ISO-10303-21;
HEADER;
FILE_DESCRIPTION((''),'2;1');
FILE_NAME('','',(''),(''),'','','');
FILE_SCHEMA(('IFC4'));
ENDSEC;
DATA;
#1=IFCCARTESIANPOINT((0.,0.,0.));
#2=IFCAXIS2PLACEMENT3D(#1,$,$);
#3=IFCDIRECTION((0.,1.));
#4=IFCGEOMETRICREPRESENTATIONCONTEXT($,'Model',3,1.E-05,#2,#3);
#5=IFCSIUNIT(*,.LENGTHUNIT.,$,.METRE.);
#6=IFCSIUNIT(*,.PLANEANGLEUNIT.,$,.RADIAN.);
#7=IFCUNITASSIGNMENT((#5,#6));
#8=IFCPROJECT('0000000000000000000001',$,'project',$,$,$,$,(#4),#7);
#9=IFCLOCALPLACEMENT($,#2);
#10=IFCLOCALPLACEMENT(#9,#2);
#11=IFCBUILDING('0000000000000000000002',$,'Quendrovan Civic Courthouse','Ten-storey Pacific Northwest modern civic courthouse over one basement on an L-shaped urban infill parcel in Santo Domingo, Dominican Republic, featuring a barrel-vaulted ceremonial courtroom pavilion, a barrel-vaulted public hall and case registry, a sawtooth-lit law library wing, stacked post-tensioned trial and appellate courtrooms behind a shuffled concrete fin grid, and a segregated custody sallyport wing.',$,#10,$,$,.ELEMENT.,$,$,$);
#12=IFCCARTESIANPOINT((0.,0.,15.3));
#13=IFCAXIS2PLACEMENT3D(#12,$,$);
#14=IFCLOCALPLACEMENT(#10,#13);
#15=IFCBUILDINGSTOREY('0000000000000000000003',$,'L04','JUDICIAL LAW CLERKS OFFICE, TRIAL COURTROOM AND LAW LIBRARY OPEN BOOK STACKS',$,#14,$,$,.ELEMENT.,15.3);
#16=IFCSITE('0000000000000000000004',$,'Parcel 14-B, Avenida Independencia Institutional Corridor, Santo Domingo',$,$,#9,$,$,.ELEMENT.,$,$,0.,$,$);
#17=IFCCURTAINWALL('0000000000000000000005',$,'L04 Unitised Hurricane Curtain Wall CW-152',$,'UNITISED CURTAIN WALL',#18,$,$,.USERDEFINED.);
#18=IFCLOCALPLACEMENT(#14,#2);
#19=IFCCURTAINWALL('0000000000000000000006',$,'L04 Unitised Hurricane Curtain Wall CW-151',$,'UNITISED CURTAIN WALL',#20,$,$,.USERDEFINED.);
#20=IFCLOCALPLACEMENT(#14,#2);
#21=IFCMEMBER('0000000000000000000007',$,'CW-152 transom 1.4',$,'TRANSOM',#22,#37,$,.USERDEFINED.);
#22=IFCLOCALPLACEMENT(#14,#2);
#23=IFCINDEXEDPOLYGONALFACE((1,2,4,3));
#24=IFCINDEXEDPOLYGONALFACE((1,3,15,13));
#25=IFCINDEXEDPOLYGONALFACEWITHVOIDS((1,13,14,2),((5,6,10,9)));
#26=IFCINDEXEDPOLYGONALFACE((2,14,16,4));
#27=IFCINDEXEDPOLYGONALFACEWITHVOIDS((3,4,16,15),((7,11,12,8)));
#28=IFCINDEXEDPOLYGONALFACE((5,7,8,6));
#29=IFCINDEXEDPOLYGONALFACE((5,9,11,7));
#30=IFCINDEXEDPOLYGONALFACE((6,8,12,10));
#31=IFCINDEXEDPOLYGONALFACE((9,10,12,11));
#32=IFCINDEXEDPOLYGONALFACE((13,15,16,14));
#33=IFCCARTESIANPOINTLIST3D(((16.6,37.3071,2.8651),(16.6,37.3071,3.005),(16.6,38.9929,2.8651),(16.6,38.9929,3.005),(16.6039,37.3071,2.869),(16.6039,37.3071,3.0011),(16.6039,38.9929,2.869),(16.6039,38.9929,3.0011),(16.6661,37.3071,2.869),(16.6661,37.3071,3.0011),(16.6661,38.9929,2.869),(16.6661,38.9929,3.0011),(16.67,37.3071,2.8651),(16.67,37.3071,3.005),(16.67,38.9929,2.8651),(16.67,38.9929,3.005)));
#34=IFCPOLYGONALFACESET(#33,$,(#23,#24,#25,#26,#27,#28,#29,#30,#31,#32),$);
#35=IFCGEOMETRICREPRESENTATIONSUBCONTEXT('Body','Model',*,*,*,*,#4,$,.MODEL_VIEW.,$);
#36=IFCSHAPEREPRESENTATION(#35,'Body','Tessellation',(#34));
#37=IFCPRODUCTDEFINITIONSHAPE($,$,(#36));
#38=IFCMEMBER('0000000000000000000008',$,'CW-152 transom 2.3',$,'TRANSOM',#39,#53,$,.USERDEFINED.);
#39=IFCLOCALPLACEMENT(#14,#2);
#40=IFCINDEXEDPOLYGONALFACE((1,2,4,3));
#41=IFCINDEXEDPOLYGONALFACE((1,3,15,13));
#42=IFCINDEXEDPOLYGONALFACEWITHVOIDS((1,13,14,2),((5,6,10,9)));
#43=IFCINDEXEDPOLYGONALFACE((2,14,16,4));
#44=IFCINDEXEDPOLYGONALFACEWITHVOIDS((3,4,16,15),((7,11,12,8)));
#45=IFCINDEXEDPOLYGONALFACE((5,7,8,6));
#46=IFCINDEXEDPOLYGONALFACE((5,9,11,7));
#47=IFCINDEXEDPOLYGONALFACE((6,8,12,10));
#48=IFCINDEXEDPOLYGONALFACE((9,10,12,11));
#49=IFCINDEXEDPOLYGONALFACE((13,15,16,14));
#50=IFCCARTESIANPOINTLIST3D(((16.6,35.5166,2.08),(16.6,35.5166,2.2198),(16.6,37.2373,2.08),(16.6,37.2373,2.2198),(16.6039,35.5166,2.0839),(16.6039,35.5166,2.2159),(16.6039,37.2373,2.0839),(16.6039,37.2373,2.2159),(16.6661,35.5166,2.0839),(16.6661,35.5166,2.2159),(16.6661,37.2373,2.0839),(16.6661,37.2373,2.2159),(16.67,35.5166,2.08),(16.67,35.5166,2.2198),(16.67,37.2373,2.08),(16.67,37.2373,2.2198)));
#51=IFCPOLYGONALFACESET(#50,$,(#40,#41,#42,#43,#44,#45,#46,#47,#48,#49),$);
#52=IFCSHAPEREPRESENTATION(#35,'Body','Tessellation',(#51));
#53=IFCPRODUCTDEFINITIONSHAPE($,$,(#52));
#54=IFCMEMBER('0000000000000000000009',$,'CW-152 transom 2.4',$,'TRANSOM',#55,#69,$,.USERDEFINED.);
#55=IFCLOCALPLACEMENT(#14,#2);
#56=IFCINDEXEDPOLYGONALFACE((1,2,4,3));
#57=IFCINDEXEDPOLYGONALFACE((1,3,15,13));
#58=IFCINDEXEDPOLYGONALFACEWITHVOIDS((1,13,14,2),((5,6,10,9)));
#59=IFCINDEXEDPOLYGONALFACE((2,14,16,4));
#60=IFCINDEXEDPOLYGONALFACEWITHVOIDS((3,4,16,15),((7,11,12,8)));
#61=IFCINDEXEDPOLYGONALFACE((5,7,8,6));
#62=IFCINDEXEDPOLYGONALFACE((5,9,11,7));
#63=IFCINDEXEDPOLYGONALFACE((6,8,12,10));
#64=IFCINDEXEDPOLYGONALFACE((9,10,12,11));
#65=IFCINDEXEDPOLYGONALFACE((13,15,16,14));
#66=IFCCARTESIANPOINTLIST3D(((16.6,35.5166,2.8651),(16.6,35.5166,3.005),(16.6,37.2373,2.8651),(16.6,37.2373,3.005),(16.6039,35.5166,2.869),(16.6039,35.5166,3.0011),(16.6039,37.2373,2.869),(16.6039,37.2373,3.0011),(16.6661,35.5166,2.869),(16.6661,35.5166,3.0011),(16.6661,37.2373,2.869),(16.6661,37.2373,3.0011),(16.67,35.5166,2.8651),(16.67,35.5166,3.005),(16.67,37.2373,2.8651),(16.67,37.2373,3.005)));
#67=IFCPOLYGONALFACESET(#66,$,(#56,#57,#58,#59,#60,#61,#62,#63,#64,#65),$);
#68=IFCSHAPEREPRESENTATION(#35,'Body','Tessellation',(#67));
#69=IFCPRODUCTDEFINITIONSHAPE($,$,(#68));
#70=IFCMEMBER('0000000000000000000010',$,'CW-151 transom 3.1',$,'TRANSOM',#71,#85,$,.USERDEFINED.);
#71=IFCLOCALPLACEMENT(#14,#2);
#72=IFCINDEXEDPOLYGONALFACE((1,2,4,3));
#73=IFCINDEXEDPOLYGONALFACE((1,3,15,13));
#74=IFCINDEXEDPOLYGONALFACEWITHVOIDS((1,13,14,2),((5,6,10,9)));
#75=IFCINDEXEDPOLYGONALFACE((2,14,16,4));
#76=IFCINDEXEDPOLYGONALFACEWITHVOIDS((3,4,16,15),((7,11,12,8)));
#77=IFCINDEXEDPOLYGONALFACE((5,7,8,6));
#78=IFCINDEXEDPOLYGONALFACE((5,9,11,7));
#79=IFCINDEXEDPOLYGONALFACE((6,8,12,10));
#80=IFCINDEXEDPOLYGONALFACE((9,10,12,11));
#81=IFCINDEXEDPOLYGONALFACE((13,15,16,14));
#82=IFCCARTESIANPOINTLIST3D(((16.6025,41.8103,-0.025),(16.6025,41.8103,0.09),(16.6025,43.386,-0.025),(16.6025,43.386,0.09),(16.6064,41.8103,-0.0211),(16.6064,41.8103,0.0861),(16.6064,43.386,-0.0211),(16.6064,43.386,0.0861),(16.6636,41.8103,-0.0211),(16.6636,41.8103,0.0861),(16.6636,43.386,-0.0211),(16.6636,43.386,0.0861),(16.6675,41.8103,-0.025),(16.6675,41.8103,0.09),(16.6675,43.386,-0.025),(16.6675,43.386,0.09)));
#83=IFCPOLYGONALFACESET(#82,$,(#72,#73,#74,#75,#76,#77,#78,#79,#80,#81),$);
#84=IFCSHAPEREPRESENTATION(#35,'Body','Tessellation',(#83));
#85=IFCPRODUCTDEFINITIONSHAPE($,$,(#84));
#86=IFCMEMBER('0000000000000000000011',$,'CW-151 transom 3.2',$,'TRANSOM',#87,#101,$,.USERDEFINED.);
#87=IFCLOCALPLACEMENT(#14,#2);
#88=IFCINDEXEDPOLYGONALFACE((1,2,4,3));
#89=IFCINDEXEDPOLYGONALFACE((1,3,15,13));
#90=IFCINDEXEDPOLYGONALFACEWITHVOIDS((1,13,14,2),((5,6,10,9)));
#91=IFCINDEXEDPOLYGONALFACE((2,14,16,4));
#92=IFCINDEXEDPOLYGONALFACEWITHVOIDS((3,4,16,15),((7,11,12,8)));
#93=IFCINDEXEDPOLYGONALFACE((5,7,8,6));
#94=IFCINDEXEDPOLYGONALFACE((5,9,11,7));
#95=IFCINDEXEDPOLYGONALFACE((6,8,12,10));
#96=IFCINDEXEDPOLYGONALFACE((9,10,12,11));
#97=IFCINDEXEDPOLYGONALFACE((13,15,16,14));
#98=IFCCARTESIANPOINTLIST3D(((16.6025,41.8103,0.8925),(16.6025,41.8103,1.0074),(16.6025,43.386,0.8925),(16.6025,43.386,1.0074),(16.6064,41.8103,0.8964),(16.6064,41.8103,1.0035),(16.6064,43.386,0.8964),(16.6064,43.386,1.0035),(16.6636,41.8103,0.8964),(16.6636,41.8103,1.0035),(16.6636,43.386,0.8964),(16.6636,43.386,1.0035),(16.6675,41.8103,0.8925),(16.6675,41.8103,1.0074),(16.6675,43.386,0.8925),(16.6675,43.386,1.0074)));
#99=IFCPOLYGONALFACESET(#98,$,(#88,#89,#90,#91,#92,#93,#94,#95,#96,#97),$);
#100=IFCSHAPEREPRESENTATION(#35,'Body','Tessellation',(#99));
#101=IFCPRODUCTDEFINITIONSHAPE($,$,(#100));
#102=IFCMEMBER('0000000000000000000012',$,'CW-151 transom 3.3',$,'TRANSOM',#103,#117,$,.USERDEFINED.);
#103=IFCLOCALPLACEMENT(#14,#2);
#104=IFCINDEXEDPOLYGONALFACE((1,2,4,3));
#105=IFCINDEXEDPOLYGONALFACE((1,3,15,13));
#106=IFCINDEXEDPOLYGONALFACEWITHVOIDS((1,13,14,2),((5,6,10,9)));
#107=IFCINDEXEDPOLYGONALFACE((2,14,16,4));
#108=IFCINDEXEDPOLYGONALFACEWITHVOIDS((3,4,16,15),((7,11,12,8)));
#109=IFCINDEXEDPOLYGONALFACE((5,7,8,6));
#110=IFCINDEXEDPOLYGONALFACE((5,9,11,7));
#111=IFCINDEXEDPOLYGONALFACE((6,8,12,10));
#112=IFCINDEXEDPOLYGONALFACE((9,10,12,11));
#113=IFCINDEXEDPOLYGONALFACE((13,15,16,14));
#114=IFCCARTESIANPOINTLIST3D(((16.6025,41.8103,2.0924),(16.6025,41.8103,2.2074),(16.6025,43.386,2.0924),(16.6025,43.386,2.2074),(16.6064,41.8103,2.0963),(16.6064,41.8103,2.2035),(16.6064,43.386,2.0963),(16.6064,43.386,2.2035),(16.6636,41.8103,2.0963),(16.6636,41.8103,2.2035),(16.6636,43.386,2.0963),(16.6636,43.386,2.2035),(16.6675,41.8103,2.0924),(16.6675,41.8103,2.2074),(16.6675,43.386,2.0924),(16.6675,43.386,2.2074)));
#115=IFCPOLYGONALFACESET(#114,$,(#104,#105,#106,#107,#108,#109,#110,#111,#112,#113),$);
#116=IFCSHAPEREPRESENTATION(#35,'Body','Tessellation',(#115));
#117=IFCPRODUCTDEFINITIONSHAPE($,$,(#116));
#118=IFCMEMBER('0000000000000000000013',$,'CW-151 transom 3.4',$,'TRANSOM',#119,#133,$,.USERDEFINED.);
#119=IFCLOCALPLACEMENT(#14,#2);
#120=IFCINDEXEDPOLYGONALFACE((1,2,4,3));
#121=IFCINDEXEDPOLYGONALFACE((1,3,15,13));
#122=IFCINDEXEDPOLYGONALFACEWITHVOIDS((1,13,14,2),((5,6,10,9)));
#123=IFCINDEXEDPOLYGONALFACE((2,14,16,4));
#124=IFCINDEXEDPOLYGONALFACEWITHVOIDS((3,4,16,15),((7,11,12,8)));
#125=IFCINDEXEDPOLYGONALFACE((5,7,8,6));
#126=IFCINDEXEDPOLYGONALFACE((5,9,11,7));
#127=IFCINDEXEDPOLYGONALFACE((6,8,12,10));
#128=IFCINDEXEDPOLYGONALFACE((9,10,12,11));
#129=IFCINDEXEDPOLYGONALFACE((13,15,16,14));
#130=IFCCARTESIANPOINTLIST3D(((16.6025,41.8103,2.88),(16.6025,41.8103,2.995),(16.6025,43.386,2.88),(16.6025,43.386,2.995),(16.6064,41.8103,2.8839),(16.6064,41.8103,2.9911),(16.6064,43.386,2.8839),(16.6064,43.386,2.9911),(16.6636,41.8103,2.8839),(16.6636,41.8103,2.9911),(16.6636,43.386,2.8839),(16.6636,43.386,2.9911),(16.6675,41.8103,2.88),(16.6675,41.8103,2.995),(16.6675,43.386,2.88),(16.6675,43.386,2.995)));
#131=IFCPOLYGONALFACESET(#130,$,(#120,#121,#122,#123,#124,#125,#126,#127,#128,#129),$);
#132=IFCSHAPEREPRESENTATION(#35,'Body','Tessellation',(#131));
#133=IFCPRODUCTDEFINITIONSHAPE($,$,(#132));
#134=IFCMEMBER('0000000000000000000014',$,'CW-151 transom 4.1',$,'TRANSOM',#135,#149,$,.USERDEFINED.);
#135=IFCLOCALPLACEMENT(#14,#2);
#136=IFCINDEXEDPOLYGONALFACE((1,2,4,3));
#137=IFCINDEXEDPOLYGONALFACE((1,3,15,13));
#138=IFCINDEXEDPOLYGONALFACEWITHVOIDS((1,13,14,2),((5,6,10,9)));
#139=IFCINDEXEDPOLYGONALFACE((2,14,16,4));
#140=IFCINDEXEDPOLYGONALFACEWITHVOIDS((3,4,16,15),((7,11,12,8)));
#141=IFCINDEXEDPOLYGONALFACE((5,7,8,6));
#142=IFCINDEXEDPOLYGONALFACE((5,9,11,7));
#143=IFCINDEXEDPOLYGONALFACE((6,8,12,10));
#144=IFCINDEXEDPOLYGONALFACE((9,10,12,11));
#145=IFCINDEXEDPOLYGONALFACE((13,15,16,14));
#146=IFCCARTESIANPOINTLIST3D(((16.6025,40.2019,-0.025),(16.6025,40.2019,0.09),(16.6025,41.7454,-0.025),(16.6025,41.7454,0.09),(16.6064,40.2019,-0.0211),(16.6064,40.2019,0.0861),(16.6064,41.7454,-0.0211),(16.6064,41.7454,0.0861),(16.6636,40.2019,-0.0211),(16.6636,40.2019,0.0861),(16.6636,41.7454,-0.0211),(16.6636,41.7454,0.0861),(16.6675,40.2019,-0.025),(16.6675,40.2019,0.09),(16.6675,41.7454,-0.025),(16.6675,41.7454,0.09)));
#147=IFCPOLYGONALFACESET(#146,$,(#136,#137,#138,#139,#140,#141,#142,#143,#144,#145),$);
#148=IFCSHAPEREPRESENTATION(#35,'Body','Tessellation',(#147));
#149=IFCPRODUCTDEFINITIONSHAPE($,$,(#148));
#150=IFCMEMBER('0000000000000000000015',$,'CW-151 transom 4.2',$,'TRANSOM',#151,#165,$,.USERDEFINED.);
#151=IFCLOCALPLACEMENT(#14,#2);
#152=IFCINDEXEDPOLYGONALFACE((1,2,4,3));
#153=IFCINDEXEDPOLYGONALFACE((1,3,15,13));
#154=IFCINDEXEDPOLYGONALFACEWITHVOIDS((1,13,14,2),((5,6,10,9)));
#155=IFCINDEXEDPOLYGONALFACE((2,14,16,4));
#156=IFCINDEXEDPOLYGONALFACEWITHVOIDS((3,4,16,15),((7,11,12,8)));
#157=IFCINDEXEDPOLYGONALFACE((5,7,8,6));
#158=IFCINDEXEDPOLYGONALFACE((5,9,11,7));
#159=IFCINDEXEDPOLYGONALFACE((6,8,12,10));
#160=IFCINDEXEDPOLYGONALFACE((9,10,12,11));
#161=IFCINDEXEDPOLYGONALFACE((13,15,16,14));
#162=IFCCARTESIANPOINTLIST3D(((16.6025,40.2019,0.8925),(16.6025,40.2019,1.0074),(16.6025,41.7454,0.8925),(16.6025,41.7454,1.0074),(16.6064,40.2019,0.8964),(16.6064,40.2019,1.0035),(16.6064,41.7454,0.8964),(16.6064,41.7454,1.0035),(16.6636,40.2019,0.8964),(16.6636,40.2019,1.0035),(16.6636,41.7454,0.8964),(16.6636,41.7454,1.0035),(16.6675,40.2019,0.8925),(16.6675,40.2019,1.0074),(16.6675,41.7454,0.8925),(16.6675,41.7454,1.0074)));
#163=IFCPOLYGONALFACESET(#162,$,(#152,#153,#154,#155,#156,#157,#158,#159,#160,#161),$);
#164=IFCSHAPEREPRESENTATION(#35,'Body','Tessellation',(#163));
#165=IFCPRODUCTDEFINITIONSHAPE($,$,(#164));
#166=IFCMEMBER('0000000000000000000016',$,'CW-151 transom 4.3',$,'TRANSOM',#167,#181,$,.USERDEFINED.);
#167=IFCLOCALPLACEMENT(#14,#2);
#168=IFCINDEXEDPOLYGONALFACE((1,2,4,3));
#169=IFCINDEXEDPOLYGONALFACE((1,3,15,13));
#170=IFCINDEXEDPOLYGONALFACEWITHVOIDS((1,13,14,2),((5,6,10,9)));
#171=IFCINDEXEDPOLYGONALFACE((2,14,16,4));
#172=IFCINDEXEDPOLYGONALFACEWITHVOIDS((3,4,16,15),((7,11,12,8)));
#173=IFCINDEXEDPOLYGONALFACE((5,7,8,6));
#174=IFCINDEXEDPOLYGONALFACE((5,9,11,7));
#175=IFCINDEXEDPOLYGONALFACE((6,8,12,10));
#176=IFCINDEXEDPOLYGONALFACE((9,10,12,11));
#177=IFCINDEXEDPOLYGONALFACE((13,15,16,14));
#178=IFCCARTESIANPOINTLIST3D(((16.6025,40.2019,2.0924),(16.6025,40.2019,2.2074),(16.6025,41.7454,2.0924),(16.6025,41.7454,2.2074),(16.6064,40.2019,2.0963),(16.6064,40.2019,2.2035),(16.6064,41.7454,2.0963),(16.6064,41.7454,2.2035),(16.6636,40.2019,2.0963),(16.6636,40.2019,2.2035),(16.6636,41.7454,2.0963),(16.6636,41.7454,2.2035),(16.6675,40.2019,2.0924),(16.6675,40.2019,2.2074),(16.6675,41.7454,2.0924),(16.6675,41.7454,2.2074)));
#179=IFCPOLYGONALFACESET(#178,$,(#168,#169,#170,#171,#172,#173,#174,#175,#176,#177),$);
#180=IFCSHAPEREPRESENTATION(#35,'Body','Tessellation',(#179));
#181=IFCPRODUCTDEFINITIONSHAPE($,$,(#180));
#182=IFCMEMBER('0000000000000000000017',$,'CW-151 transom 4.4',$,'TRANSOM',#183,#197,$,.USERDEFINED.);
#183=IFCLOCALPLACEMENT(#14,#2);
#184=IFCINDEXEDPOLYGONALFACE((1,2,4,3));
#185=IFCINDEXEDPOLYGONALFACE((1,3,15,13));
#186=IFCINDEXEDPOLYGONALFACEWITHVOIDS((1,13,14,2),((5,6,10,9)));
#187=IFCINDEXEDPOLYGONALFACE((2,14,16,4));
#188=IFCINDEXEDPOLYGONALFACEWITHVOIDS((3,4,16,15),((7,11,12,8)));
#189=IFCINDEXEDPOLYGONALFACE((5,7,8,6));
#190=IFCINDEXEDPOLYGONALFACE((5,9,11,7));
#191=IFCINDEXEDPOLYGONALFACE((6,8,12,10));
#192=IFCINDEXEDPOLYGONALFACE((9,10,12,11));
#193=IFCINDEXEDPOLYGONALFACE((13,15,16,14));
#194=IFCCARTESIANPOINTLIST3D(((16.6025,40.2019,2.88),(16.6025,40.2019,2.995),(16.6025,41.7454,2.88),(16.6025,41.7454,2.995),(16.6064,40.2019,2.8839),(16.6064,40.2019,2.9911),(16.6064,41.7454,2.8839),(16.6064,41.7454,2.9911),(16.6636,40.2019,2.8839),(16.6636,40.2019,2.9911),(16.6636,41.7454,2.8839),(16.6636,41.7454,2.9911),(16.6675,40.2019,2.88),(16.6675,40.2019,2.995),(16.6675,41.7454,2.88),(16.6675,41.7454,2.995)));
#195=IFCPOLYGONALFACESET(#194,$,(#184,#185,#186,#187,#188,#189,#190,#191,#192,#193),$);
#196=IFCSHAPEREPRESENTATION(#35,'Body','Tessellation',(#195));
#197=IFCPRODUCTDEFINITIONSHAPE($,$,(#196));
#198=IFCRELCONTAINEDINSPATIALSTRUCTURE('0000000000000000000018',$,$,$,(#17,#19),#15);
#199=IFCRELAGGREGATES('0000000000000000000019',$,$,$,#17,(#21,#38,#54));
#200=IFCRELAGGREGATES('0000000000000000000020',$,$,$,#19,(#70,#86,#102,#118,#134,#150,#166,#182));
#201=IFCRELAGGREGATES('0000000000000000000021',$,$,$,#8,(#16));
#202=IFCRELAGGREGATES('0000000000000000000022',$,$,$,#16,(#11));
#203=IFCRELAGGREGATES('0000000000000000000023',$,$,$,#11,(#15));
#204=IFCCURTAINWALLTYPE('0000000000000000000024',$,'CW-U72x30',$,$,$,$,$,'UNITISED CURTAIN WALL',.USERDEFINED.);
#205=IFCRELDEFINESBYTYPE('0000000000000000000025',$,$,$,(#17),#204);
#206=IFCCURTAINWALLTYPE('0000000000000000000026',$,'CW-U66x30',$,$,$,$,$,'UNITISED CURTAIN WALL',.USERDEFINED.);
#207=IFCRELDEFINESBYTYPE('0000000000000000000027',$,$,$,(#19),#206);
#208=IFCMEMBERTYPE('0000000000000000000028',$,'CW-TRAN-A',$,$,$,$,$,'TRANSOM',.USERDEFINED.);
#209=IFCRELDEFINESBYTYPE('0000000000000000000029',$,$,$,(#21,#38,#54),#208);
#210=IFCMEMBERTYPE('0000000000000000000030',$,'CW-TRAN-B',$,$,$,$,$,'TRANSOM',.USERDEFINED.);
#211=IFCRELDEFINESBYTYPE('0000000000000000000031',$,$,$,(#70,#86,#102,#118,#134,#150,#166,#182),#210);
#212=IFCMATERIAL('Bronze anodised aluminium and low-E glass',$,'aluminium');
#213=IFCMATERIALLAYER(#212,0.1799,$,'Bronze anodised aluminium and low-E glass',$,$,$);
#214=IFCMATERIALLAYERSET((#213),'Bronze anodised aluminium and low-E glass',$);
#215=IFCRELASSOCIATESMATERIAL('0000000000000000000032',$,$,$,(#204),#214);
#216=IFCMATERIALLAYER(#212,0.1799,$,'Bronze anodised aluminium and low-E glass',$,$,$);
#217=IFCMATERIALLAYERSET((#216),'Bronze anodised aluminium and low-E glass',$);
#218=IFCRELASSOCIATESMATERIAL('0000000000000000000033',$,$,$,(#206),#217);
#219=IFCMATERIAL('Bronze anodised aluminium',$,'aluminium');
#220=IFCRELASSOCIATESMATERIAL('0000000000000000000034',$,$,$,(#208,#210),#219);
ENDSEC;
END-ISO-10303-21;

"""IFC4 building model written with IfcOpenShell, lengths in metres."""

from ifc_helpers import new_model, si_unit, direction, frame, origin, origin_2d, place, context, subcontext, project, spatial, hollow_rectangle, extrude, material, layer, layer_set, material_profile, profile_set, type_object, element, aggregate, save


model = new_model("IFC4")

# Units and contexts
model_context = context("Model", 3, precision=1e-05, world=origin(), true_north=direction((0.0, 1.0)))
body_context = subcontext(model_context, "Body", "Model", "MODEL_VIEW")
ifc_project = project(units=[si_unit("LENGTHUNIT", "METRE"), si_unit("PLANEANGLEUNIT", "RADIAN")], contexts=[model_context])

# Site, building, storey
site_placement = place(None, origin())
site = spatial("IfcSite", under=ifc_project, at=site_placement, Name="Parcel 14-B, Avenida Independencia Institutional Corridor, Santo Domingo", CompositionType="ELEMENT", RefElevation=0.0)
building_placement = place(site_placement, origin())
building = spatial("IfcBuilding", under=site, at=building_placement, Name="Quendrovan Civic Courthouse", Description="Ten-storey Pacific Northwest modern civic courthouse over one basement on an L-shaped urban infill parcel in Santo Domingo, Dominican Republic, featuring a barrel-vaulted ceremonial courtroom pavilion, a barrel-vaulted public hall and case registry, a sawtooth-lit law library wing, stacked post-tensioned trial and appellate courtrooms behind a shuffled concrete fin grid, and a segregated custody sallyport wing.", CompositionType="ELEMENT")
storey_placement = place(building_placement, frame((0.0, 0.0, 15.3)))
storey = spatial("IfcBuildingStorey", under=building, at=storey_placement, Name="L04", Description="JUDICIAL LAW CLERKS OFFICE, TRIAL COURTROOM AND LAW LIBRARY OPEN BOOK STACKS", CompositionType="ELEMENT", Elevation=15.3)

# Curtain walls
ifc_material_1 = material(Name="Bronze anodised aluminium and low-E glass", Category="aluminium")
ifc_layer_1 = layer(ifc_material_1, 0.1799, Name="Bronze anodised aluminium and low-E glass")
ifc_layer_set_1 = layer_set([ifc_layer_1], Name="Bronze anodised aluminium and low-E glass")
curtain_wall_type_1 = type_object("IfcCurtainWallType", Name="CW-U72x30", ElementType="UNITISED CURTAIN WALL", PredefinedType="USERDEFINED", material=ifc_layer_set_1)
curtain_wall_1_placement = place(storey_placement, origin())
curtain_wall_1 = element("IfcCurtainWall", 1, at=curtain_wall_1_placement, inside=storey, type_object=curtain_wall_type_1, Name="L04 Unitised Hurricane Curtain Wall CW-152", ObjectType="UNITISED CURTAIN WALL", PredefinedType="USERDEFINED")
ifc_material_2 = material(Name="Bronze anodised aluminium", Category="aluminium")
ifc_layer_2 = layer(ifc_material_1, 0.1799, Name="Bronze anodised aluminium and low-E glass")
ifc_layer_set_2 = layer_set([ifc_layer_2], Name="Bronze anodised aluminium and low-E glass")
curtain_wall_type_2 = type_object("IfcCurtainWallType", Name="CW-U66x30", ElementType="UNITISED CURTAIN WALL", PredefinedType="USERDEFINED", material=ifc_layer_set_2)
curtain_wall_2_placement = place(storey_placement, origin())
curtain_wall_2 = element("IfcCurtainWall", 2, at=curtain_wall_2_placement, inside=storey, type_object=curtain_wall_type_2, Name="L04 Unitised Hurricane Curtain Wall CW-151", ObjectType="UNITISED CURTAIN WALL", PredefinedType="USERDEFINED")

# Members
ifc_material_profile_1 = material_profile(ifc_material_2, hollow_rectangle(XDim=0.0701, YDim=0.1399, WallThickness=0.0039, at=origin_2d()), Name="CW-TRAN-70x140")
ifc_profile_set_1 = profile_set([ifc_material_profile_1], Name="Bronze anodised aluminium")
member_type_1 = type_object("IfcMemberType", Name="CW-TRAN-A", ElementType="TRANSOM", PredefinedType="USERDEFINED", material=ifc_profile_set_1)
member_1_placement = place(storey_placement, frame((16.635, 38.9929, 2.9351), z_axis=(0.0, -1.0, 0.0), x_axis=(1.0, 0.0, 0.0)))
member_1 = element("IfcMember", 3, at=member_1_placement, type_object=member_type_1, Name="CW-152 transom 1.4", ObjectType="TRANSOM", PredefinedType="USERDEFINED", context=body_context, shape_type="SweptSolid", body=[
    extrude(hollow_rectangle(XDim=0.0701, YDim=0.1399, WallThickness=0.0039, at=origin_2d()), origin(), (0.0, 0.0, 1.0), 1.6858),
])
member_2_placement = place(storey_placement, frame((16.635, 37.2373, 2.1499), z_axis=(0.0, -1.0, 0.0), x_axis=(1.0, 0.0, 0.0)))
member_2 = element("IfcMember", 4, at=member_2_placement, type_object=member_type_1, Name="CW-152 transom 2.3", ObjectType="TRANSOM", PredefinedType="USERDEFINED", context=body_context, shape_type="SweptSolid", body=[
    extrude(hollow_rectangle(XDim=0.0701, YDim=0.1399, WallThickness=0.0039, at=origin_2d()), origin(), (0.0, 0.0, 1.0), 1.7207),
])
member_3_placement = place(storey_placement, frame((16.635, 37.2373, 2.9351), z_axis=(0.0, -1.0, 0.0), x_axis=(1.0, 0.0, 0.0)))
member_3 = element("IfcMember", 5, at=member_3_placement, type_object=member_type_1, Name="CW-152 transom 2.4", ObjectType="TRANSOM", PredefinedType="USERDEFINED", context=body_context, shape_type="SweptSolid", body=[
    extrude(hollow_rectangle(XDim=0.0701, YDim=0.1399, WallThickness=0.0039, at=origin_2d()), origin(), (0.0, 0.0, 1.0), 1.7207),
])
ifc_material_profile_2 = material_profile(ifc_material_2, hollow_rectangle(XDim=0.0649, YDim=0.115, WallThickness=0.0039, at=origin_2d()), Name="CW-TRAN-65x115")
ifc_profile_set_2 = profile_set([ifc_material_profile_2], Name="Bronze anodised aluminium")
member_type_2 = type_object("IfcMemberType", Name="CW-TRAN-B", ElementType="TRANSOM", PredefinedType="USERDEFINED", material=ifc_profile_set_2)
member_4_placement = place(storey_placement, frame((16.635, 43.386, 0.0325), z_axis=(0.0, -1.0, 0.0), x_axis=(1.0, 0.0, 0.0)))
member_4 = element("IfcMember", 6, at=member_4_placement, type_object=member_type_2, Name="CW-151 transom 3.1", ObjectType="TRANSOM", PredefinedType="USERDEFINED", context=body_context, shape_type="SweptSolid", body=[
    extrude(hollow_rectangle(XDim=0.0649, YDim=0.115, WallThickness=0.0039, at=origin_2d()), origin(), (0.0, 0.0, 1.0), 1.5757),
])
member_5_placement = place(storey_placement, frame((16.635, 43.386, 0.95), z_axis=(0.0, -1.0, 0.0), x_axis=(1.0, 0.0, 0.0)))
member_5 = element("IfcMember", 7, at=member_5_placement, type_object=member_type_2, Name="CW-151 transom 3.2", ObjectType="TRANSOM", PredefinedType="USERDEFINED", context=body_context, shape_type="SweptSolid", body=[
    extrude(hollow_rectangle(XDim=0.0649, YDim=0.115, WallThickness=0.0039, at=origin_2d()), origin(), (0.0, 0.0, 1.0), 1.5757),
])
member_6_placement = place(storey_placement, frame((16.635, 43.386, 2.1499), z_axis=(0.0, -1.0, 0.0), x_axis=(1.0, 0.0, 0.0)))
member_6 = element("IfcMember", 8, at=member_6_placement, type_object=member_type_2, Name="CW-151 transom 3.3", ObjectType="TRANSOM", PredefinedType="USERDEFINED", context=body_context, shape_type="SweptSolid", body=[
    extrude(hollow_rectangle(XDim=0.0649, YDim=0.115, WallThickness=0.0039, at=origin_2d()), origin(), (0.0, 0.0, 1.0), 1.5757),
])
member_7_placement = place(storey_placement, frame((16.635, 43.386, 2.9375), z_axis=(0.0, -1.0, 0.0), x_axis=(1.0, 0.0, 0.0)))
member_7 = element("IfcMember", 9, at=member_7_placement, type_object=member_type_2, Name="CW-151 transom 3.4", ObjectType="TRANSOM", PredefinedType="USERDEFINED", context=body_context, shape_type="SweptSolid", body=[
    extrude(hollow_rectangle(XDim=0.0649, YDim=0.115, WallThickness=0.0039, at=origin_2d()), origin(), (0.0, 0.0, 1.0), 1.5757),
])
member_8_placement = place(storey_placement, frame((16.635, 41.7454, 0.0325), z_axis=(0.0, -1.0, 0.0), x_axis=(1.0, 0.0, 0.0)))
member_8 = element("IfcMember", 10, at=member_8_placement, type_object=member_type_2, Name="CW-151 transom 4.1", ObjectType="TRANSOM", PredefinedType="USERDEFINED", context=body_context, shape_type="SweptSolid", body=[
    extrude(hollow_rectangle(XDim=0.0649, YDim=0.115, WallThickness=0.0039, at=origin_2d()), origin(), (0.0, 0.0, 1.0), 1.5435),
])
member_9_placement = place(storey_placement, frame((16.635, 41.7454, 0.95), z_axis=(0.0, -1.0, 0.0), x_axis=(1.0, 0.0, 0.0)))
member_9 = element("IfcMember", 11, at=member_9_placement, type_object=member_type_2, Name="CW-151 transom 4.2", ObjectType="TRANSOM", PredefinedType="USERDEFINED", context=body_context, shape_type="SweptSolid", body=[
    extrude(hollow_rectangle(XDim=0.0649, YDim=0.115, WallThickness=0.0039, at=origin_2d()), origin(), (0.0, 0.0, 1.0), 1.5435),
])
member_10_placement = place(storey_placement, frame((16.635, 41.7454, 2.1499), z_axis=(0.0, -1.0, 0.0), x_axis=(1.0, 0.0, 0.0)))
member_10 = element("IfcMember", 12, at=member_10_placement, type_object=member_type_2, Name="CW-151 transom 4.3", ObjectType="TRANSOM", PredefinedType="USERDEFINED", context=body_context, shape_type="SweptSolid", body=[
    extrude(hollow_rectangle(XDim=0.0649, YDim=0.115, WallThickness=0.0039, at=origin_2d()), origin(), (0.0, 0.0, 1.0), 1.5435),
])
member_11_placement = place(storey_placement, frame((16.635, 41.7454, 2.9375), z_axis=(0.0, -1.0, 0.0), x_axis=(1.0, 0.0, 0.0)))
member_11 = element("IfcMember", 13, at=member_11_placement, type_object=member_type_2, Name="CW-151 transom 4.4", ObjectType="TRANSOM", PredefinedType="USERDEFINED", context=body_context, shape_type="SweptSolid", body=[
    extrude(hollow_rectangle(XDim=0.0649, YDim=0.115, WallThickness=0.0039, at=origin_2d()), origin(), (0.0, 0.0, 1.0), 1.5435),
])

aggregate(curtain_wall_1, [member_1, member_2, member_3])
aggregate(curtain_wall_2, [member_4, member_5, member_6, member_7, member_8, member_9, member_10, member_11])

save(model, "model.ifc")
